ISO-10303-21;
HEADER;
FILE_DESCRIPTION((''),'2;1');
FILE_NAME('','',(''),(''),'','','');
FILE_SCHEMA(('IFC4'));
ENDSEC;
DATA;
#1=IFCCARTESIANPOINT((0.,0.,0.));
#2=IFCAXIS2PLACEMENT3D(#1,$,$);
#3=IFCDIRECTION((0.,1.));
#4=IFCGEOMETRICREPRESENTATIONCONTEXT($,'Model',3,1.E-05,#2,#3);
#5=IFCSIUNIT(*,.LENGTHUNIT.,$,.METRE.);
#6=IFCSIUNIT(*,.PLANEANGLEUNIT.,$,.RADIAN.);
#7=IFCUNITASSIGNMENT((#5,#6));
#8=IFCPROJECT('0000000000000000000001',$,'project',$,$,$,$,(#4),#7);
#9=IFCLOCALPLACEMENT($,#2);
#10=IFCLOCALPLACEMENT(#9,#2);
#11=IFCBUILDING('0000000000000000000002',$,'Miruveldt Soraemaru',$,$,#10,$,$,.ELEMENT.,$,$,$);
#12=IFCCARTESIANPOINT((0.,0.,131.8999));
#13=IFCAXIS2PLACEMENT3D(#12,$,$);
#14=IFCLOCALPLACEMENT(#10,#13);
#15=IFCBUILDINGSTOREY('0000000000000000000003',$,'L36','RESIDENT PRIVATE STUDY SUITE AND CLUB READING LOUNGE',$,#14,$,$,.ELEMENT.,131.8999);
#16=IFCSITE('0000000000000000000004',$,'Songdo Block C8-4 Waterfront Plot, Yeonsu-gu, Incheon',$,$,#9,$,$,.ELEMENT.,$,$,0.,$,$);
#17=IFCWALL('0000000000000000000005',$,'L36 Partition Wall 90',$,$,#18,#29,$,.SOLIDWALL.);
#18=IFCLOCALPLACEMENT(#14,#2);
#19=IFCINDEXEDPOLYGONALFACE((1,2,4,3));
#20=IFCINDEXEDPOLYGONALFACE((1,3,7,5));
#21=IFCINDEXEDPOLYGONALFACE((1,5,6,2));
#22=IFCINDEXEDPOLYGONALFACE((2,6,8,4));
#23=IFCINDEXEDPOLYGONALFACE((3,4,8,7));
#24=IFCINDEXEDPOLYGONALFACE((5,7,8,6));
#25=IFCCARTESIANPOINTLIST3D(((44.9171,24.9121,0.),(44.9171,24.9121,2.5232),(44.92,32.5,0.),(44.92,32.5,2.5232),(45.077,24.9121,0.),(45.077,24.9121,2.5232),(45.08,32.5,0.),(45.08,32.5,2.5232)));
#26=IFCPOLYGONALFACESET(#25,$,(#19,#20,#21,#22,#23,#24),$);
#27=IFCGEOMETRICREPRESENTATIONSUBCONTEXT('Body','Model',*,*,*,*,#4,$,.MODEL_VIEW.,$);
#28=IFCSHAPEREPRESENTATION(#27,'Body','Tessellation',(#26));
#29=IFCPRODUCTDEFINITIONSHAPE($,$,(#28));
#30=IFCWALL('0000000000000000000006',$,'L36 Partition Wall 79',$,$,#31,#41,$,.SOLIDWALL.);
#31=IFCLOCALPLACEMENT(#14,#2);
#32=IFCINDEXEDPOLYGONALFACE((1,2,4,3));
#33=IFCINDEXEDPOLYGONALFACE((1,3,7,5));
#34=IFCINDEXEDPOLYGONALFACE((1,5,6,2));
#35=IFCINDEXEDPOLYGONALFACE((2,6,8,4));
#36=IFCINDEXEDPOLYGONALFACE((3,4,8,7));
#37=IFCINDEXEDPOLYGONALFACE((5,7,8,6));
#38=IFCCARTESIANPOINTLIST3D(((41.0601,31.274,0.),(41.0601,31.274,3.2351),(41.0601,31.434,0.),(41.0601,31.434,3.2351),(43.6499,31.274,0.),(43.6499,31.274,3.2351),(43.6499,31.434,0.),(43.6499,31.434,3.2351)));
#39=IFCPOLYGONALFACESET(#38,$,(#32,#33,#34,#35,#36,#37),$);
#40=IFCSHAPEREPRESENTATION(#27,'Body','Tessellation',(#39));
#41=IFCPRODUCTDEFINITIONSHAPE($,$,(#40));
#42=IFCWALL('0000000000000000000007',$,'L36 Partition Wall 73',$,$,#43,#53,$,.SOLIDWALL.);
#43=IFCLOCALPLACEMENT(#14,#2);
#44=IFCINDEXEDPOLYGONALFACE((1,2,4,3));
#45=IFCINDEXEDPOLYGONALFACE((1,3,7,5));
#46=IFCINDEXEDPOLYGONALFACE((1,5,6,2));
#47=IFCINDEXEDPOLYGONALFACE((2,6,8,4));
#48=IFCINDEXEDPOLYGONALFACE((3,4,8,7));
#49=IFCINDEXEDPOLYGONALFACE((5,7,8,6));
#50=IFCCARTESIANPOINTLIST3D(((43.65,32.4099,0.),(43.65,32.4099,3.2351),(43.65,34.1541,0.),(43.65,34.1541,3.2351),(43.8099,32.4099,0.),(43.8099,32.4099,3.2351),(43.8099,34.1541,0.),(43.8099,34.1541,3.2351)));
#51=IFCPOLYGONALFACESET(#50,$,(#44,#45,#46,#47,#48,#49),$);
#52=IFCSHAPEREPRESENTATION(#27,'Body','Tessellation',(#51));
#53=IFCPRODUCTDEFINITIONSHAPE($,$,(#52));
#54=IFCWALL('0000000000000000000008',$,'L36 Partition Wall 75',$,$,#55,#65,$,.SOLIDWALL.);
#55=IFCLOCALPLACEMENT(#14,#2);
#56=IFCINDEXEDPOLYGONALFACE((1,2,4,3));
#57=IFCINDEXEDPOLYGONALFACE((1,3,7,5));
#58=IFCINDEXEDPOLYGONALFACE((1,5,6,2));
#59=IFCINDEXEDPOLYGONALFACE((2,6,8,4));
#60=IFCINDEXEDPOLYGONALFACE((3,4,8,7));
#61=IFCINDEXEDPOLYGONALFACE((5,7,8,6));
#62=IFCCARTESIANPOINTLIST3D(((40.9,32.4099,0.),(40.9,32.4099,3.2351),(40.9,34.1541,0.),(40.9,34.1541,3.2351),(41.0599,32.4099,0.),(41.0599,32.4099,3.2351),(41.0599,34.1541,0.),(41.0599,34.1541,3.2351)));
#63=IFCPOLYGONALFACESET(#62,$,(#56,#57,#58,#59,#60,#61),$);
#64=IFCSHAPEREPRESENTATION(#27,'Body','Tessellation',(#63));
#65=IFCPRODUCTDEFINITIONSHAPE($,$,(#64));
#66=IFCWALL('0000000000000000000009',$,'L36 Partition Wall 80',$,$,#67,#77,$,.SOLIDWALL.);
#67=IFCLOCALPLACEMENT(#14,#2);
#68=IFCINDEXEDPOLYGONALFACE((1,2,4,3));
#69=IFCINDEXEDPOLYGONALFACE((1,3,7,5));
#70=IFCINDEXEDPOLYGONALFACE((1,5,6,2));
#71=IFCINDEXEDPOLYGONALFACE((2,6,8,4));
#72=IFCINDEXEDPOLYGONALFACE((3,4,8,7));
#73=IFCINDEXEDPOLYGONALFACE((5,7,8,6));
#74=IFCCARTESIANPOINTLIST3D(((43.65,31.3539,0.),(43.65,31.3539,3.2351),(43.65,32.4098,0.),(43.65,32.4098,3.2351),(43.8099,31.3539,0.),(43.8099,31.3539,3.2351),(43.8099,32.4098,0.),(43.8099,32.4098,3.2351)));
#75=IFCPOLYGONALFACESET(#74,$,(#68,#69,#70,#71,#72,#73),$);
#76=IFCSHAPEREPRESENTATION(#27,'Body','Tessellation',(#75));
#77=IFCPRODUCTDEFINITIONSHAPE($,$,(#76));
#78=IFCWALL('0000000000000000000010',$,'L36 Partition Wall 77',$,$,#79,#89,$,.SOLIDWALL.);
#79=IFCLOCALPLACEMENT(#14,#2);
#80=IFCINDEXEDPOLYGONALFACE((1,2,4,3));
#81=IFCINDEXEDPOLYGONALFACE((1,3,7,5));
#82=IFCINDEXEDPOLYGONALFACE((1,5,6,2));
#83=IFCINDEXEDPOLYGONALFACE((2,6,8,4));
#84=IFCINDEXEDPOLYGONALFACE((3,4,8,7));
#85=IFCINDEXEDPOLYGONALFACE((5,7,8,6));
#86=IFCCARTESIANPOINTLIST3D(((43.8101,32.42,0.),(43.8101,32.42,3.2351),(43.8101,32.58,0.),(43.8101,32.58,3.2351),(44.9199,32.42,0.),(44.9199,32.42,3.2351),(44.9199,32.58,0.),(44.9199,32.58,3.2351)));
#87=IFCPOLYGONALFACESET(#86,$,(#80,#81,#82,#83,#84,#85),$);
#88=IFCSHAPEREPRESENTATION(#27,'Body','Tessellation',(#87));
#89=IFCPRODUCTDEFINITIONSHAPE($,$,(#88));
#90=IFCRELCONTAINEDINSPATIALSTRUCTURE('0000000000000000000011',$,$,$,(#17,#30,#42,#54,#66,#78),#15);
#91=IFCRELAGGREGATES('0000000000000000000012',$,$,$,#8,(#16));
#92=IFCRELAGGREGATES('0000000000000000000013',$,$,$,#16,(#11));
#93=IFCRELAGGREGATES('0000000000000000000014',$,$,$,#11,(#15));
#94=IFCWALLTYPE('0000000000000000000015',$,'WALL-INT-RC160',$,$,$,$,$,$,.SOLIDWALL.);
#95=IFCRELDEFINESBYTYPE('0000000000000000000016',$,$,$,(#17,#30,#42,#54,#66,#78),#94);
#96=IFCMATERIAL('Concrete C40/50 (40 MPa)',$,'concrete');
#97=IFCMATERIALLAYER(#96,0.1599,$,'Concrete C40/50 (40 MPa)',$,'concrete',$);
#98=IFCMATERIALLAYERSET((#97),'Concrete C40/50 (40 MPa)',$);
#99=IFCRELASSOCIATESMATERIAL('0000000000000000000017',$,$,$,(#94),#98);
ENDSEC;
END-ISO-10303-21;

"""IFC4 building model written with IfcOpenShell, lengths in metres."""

from ifc_helpers import new_model, si_unit, direction, frame, frame_2d, origin, place, context, subcontext, project, spatial, rectangle, extrude, material, layer, layer_set, type_object, element, save


model = new_model("IFC4")

# Units and contexts
model_context = context("Model", 3, precision=1e-05, world=origin(), true_north=direction((0.0, 1.0)))
body_context = subcontext(model_context, "Body", "Model", "MODEL_VIEW")
ifc_project = project(units=[si_unit("LENGTHUNIT", "METRE"), si_unit("PLANEANGLEUNIT", "RADIAN")], contexts=[model_context])

# Site, building, storey
site_placement = place(None, origin())
site = spatial("IfcSite", under=ifc_project, at=site_placement, Name="Songdo Block C8-4 Waterfront Plot, Yeonsu-gu, Incheon", CompositionType="ELEMENT", RefElevation=0.0)
building_placement = place(site_placement, origin())
building = spatial("IfcBuilding", under=site, at=building_placement, Name="Miruveldt Soraemaru", CompositionType="ELEMENT")
storey_placement = place(building_placement, frame((0.0, 0.0, 131.8999)))
storey = spatial("IfcBuildingStorey", under=building, at=storey_placement, Name="L36", Description="RESIDENT PRIVATE STUDY SUITE AND CLUB READING LOUNGE", CompositionType="ELEMENT", Elevation=131.8999)

# Walls
ifc_material_1 = material(Name="Concrete C40/50 (40 MPa)", Category="concrete")
ifc_layer_1 = layer(ifc_material_1, 0.1599, Name="Concrete C40/50 (40 MPa)", Category="concrete")
ifc_layer_set_1 = layer_set([ifc_layer_1], Name="Concrete C40/50 (40 MPa)")
wall_type_1 = type_object("IfcWallType", Name="WALL-INT-RC160", PredefinedType="SOLIDWALL", material=ifc_layer_set_1)
wall_1_placement = place(storey_placement, frame((45.0, 32.5, 0.0), z_axis=(0.0, 0.0, 1.0), x_axis=(-0.000386, -1.0, 0.0)))
element("IfcWall", 1, at=wall_1_placement, inside=storey, type_object=wall_type_1, Name="L36 Partition Wall 90", PredefinedType="SOLIDWALL", context=body_context, shape_type="SweptSolid", body=[
    extrude(rectangle(XDim=7.5879, YDim=0.1599, at=frame_2d((3.7939, 0.0))), origin(), (0.0, 0.0, 1.0), 2.5232),
])
wall_2_placement = place(storey_placement, frame((41.0601, 31.354, 0.0), z_axis=(0.0, 0.0, 1.0), x_axis=(1.0, 0.0, 0.0)))
element("IfcWall", 2, at=wall_2_placement, inside=storey, type_object=wall_type_1, Name="L36 Partition Wall 79", PredefinedType="SOLIDWALL", context=body_context, shape_type="SweptSolid", body=[
    extrude(rectangle(XDim=2.5898, YDim=0.1599, at=frame_2d((1.2949, 0.0))), origin(), (0.0, 0.0, 1.0), 3.2351),
])
for number, where, z_axis, x_axis, name in (
    (3, (43.73, 32.4099, 0.0), (0.0, 0.0, 1.0), (0.0, 1.0, 0.0), "L36 Partition Wall 73"),
    (4, (40.98, 34.1541, 0.0), (0.0, 0.0, 1.0), (0.0, -1.0, 0.0), "L36 Partition Wall 75"),
):
    element("IfcWall", number, at=place(storey_placement, frame(where, z_axis=z_axis, x_axis=x_axis)), inside=storey, type_object=wall_type_1, Name=name, PredefinedType="SOLIDWALL", context=body_context, shape_type="SweptSolid", body=[
        extrude(rectangle(XDim=1.7441, YDim=0.1599, at=frame_2d((0.8721, 0.0))), origin(), (0.0, 0.0, 1.0), 3.2351),
    ])
wall_3_placement = place(storey_placement, frame((43.73, 31.354, 0.0), z_axis=(0.0, 0.0, 1.0), x_axis=(0.0, 1.0, 0.0)))
element("IfcWall", 5, at=wall_3_placement, inside=storey, type_object=wall_type_1, Name="L36 Partition Wall 80", PredefinedType="SOLIDWALL", context=body_context, shape_type="SweptSolid", body=[
    extrude(rectangle(XDim=1.0559, YDim=0.1599, at=frame_2d((0.5278, 0.0))), origin(), (0.0, 0.0, 1.0), 3.2351),
])
wall_4_placement = place(storey_placement, frame((43.8101, 32.5, 0.0), z_axis=(0.0, 0.0, 1.0), x_axis=(1.0, 0.0, 0.0)))
element("IfcWall", 6, at=wall_4_placement, inside=storey, type_object=wall_type_1, Name="L36 Partition Wall 77", PredefinedType="SOLIDWALL", context=body_context, shape_type="SweptSolid", body=[
    extrude(rectangle(XDim=1.1099, YDim=0.1599, at=frame_2d((0.5549, 0.0))), origin(), (0.0, 0.0, 1.0), 3.2351),
])

save(model, "model.ifc")
